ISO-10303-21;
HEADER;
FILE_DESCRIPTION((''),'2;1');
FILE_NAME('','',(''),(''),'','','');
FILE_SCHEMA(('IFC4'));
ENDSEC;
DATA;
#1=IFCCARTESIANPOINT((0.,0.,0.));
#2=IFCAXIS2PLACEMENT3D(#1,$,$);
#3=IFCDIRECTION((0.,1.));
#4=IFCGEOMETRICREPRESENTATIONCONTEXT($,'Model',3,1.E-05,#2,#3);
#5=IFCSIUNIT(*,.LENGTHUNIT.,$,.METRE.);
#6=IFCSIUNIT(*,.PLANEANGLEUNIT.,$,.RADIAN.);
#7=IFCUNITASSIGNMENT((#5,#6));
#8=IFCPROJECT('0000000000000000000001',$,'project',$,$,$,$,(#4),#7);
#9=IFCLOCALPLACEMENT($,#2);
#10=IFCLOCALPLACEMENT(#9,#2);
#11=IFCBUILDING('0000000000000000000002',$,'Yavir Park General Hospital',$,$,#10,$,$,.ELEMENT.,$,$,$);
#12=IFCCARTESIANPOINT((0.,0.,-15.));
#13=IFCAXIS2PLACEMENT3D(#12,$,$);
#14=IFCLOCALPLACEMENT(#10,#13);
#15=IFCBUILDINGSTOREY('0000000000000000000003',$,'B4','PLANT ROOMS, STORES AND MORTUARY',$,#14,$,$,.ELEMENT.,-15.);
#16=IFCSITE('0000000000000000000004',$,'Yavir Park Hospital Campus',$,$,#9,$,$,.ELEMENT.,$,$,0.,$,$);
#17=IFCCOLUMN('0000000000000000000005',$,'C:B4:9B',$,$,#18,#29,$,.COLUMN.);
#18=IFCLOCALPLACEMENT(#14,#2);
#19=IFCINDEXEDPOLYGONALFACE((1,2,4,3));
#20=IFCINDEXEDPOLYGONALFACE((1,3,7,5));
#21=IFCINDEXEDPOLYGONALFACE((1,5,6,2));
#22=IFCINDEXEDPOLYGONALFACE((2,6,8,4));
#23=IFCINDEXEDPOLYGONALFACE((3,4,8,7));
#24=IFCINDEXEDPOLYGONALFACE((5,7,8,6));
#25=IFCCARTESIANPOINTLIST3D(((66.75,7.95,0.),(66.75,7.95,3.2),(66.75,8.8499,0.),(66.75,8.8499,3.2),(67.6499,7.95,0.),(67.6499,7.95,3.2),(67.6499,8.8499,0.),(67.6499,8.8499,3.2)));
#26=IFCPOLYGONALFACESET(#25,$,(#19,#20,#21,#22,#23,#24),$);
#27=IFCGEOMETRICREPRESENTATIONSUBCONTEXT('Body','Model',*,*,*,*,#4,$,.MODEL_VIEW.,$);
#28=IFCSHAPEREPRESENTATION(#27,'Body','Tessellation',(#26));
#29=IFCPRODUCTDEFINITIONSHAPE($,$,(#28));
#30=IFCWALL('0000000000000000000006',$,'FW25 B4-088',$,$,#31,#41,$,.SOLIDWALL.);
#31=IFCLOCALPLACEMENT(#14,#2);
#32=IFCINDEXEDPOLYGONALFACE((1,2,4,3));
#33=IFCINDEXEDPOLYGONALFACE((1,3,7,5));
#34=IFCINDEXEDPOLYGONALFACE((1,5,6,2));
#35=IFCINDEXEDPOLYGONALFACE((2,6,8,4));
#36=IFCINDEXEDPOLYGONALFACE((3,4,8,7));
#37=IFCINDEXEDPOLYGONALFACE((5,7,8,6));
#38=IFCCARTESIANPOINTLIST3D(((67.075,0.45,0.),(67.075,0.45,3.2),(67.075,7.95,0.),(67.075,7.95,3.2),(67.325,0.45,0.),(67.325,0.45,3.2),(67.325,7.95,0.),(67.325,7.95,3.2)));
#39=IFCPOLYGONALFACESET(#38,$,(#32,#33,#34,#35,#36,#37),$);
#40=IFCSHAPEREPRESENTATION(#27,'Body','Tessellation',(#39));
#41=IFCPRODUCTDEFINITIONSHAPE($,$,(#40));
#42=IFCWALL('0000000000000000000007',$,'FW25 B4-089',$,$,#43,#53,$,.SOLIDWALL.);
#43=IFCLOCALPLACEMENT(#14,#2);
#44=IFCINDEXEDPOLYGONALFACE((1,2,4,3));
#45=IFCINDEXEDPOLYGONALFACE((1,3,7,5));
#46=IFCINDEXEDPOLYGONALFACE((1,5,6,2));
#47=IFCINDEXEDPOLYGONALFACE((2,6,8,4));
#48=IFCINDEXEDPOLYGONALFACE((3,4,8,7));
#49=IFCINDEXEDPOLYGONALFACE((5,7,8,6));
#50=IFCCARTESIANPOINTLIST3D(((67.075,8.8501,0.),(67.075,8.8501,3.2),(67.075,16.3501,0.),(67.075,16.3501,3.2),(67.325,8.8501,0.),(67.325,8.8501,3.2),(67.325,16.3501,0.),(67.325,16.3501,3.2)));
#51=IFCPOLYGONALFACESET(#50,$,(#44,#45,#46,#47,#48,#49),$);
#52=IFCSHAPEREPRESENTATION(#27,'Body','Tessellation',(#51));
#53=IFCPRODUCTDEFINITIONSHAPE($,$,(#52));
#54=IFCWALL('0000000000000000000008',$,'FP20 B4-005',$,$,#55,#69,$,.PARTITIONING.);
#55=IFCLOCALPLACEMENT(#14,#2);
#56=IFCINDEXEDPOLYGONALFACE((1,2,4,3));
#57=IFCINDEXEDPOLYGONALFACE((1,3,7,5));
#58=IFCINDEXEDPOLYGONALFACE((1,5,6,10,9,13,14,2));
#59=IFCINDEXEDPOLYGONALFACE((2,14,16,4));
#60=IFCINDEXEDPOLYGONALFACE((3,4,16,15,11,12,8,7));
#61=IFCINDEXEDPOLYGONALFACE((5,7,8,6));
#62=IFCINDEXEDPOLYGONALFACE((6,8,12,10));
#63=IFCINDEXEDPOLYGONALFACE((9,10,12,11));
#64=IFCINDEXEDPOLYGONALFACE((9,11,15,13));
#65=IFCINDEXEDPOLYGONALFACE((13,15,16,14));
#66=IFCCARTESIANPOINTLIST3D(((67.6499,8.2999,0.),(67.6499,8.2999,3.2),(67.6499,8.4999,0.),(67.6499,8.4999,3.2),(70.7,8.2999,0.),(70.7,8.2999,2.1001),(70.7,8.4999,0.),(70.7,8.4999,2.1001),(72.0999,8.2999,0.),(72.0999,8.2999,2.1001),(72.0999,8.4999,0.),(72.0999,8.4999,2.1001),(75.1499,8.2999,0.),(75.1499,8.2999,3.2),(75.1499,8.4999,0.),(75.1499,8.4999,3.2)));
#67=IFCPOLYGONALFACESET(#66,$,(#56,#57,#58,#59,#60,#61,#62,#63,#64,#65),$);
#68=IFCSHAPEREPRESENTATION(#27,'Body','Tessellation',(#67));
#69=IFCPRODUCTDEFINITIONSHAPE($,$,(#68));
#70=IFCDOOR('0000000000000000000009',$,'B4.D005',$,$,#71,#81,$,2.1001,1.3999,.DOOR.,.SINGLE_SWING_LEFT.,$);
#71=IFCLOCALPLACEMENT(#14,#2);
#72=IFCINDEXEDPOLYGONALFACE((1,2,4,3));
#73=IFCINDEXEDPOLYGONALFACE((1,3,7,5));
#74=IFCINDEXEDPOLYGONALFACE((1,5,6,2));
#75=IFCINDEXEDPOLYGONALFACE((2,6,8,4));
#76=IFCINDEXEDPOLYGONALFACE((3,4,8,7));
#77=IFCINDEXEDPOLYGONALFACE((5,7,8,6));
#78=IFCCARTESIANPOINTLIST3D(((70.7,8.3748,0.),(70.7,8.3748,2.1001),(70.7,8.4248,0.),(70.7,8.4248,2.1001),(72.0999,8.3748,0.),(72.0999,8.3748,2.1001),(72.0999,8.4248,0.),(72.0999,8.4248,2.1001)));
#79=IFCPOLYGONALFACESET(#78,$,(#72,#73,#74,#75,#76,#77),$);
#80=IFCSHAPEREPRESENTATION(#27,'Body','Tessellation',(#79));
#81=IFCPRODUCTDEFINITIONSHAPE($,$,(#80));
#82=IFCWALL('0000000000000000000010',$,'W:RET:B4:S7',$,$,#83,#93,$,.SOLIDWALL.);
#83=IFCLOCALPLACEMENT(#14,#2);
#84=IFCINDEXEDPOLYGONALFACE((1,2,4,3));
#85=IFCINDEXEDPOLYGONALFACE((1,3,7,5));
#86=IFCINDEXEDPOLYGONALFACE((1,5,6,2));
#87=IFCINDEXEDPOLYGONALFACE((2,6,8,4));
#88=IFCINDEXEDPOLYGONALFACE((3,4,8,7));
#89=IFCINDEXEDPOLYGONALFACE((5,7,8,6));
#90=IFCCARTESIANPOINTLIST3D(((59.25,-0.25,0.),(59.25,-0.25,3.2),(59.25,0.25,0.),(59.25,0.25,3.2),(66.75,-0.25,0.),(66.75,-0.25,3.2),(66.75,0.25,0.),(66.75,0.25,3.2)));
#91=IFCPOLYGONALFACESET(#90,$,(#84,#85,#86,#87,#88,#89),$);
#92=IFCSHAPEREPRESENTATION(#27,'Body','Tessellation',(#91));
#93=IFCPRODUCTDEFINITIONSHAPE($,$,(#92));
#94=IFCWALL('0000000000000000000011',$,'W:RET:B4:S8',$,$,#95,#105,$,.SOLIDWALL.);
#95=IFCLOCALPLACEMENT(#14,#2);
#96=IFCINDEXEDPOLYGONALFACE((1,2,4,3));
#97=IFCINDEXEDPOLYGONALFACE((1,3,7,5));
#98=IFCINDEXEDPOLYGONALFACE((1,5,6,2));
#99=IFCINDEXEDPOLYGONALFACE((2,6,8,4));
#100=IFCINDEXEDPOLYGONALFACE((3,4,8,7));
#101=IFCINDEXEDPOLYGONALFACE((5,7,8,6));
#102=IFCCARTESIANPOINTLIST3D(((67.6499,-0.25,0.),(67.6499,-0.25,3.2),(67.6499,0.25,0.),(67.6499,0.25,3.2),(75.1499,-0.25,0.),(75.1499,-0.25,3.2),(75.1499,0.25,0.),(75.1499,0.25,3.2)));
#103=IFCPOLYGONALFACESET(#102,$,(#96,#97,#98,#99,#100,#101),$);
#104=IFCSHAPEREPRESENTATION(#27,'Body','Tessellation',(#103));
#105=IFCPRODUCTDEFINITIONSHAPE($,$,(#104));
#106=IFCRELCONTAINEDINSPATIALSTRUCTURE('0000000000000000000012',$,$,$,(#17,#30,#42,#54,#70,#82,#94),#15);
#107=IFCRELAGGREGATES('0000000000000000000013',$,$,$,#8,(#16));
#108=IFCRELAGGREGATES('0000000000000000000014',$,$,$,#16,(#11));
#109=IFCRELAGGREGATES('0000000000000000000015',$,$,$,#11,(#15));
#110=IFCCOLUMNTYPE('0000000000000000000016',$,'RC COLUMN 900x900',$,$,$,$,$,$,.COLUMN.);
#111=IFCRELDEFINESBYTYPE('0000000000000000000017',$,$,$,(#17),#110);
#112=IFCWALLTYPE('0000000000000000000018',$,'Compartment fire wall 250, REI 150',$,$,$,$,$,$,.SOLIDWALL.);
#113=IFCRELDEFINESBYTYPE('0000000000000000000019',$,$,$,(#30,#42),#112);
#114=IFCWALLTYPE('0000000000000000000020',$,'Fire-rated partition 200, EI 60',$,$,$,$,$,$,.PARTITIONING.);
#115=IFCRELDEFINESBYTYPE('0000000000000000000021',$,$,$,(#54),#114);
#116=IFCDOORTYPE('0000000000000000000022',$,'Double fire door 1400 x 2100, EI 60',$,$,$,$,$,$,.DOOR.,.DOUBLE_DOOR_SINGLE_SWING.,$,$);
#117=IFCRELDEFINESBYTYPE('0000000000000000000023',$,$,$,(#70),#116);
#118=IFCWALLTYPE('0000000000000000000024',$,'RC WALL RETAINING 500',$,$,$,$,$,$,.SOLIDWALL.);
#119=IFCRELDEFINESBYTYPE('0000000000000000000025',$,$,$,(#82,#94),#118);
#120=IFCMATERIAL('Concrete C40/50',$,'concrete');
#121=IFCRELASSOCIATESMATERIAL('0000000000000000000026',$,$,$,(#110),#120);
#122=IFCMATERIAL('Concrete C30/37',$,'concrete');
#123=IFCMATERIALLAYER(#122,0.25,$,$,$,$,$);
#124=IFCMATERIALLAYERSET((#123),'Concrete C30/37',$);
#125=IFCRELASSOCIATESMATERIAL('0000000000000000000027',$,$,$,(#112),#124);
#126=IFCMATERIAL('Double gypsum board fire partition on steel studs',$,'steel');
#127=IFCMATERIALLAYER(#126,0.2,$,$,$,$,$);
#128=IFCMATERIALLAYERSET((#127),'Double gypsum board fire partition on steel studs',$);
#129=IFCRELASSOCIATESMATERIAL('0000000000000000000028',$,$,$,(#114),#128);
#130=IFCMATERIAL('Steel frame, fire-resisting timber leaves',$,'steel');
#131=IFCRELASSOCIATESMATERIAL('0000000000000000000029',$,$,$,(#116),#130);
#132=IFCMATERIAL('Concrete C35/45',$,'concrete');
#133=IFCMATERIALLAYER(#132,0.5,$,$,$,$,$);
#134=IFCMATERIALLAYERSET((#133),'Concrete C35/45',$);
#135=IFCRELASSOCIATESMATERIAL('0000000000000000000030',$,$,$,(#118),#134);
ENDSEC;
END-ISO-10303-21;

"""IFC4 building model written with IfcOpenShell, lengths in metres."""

from ifc_helpers import new_model, si_unit, direction, frame, frame_2d, origin, origin_2d, place, context, subcontext, project, spatial, rectangle, extrude, material, layer, layer_set, material_profile, profile_set, type_object, element, fill, save


model = new_model("IFC4")

# Units and contexts
model_context = context("Model", 3, precision=1e-05, world=origin(), true_north=direction((0.0, 1.0)))
body_context = subcontext(model_context, "Body", "Model", "MODEL_VIEW")
ifc_project = project(units=[si_unit("LENGTHUNIT", "METRE"), si_unit("PLANEANGLEUNIT", "RADIAN")], contexts=[model_context])

# Site, building, storey
site_placement = place(None, origin())
site = spatial("IfcSite", under=ifc_project, at=site_placement, Name="Yavir Park Hospital Campus", CompositionType="ELEMENT", RefElevation=0.0)
building_placement = place(site_placement, origin())
building = spatial("IfcBuilding", under=site, at=building_placement, Name="Yavir Park General Hospital", CompositionType="ELEMENT")
storey_placement = place(building_placement, frame((0.0, 0.0, -15.0)))
storey = spatial("IfcBuildingStorey", under=building, at=storey_placement, Name="B4", Description="PLANT ROOMS, STORES AND MORTUARY", CompositionType="ELEMENT", Elevation=-15.0)

# Column
ifc_material_1 = material(Name="Concrete C40/50", Category="concrete")
ifc_material_profile_1 = material_profile(ifc_material_1, rectangle(XDim=0.8999, YDim=0.8999, at=origin_2d()), Name="RC900x900")
ifc_profile_set_1 = profile_set([ifc_material_profile_1], Name="Concrete C40/50")
column_type = type_object("IfcColumnType", Name="RC COLUMN 900x900", PredefinedType="COLUMN", material=ifc_profile_set_1)
for number, where, z_axis, x_axis, name in (
    (1, (67.2, 8.3999, 0.0), (0.0, 0.0, 1.0), (1.0, 0.0, 0.0), "C:B4:9B"),
):
    element("IfcColumn", number, at=place(storey_placement, frame(where, z_axis=z_axis, x_axis=x_axis)), inside=storey, type_object=column_type, Name=name, PredefinedType="COLUMN", context=body_context, shape_type="SweptSolid", body=[
        extrude(rectangle(XDim=0.8999, YDim=0.8999, at=origin_2d()), origin(), (0.0, 0.0, 1.0), 3.2),
    ])

# Walls
ifc_material_2 = material(Name="Concrete C30/37", Category="concrete")
ifc_layer_1 = layer(ifc_material_2, 0.25)
ifc_layer_set_1 = layer_set([ifc_layer_1], Name="Concrete C30/37")
wall_type_1 = type_object("IfcWallType", Name="Compartment fire wall 250, REI 150", PredefinedType="SOLIDWALL", material=ifc_layer_set_1)
for number, where, z_axis, x_axis, name in (
    (2, (67.2, 0.45, 0.0), (0.0, 0.0, 1.0), (0.0, 1.0, 0.0), "FW25 B4-088"),
    (3, (67.2, 8.8501, 0.0), (0.0, 0.0, 1.0), (0.0, 1.0, 0.0), "FW25 B4-089"),
):
    element("IfcWall", number, at=place(storey_placement, frame(where, z_axis=z_axis, x_axis=x_axis)), inside=storey, type_object=wall_type_1, Name=name, PredefinedType="SOLIDWALL", context=body_context, shape_type="SweptSolid", body=[
        extrude(rectangle(XDim=7.5, YDim=0.25, at=frame_2d((3.75, 0.0))), origin(), (0.0, 0.0, 1.0), 3.2),
    ])

# Wall, opening, door
ifc_material_3 = material(Name="Double gypsum board fire partition on steel studs", Category="steel")
ifc_layer_2 = layer(ifc_material_3, 0.2)
ifc_layer_set_2 = layer_set([ifc_layer_2], Name="Double gypsum board fire partition on steel studs")
wall_type_2 = type_object("IfcWallType", Name="Fire-rated partition 200, EI 60", PredefinedType="PARTITIONING", material=ifc_layer_set_2)
wall_placement = place(storey_placement, frame((67.6499, 8.3999, 0.0), z_axis=(0.0, 0.0, 1.0), x_axis=(1.0, 0.0, 0.0)))
wall = element("IfcWall", 4, at=wall_placement, inside=storey, type_object=wall_type_2, Name="FP20 B4-005", PredefinedType="PARTITIONING", context=body_context, shape_type="SweptSolid", body=[
    extrude(rectangle(XDim=7.5, YDim=0.2, at=frame_2d((3.75, 0.0))), origin(), (0.0, 0.0, 1.0), 3.2),
])
opening_placement = place(wall_placement, frame((3.05, 0.0, 0.0)))
opening = element("IfcOpeningElement", 5, at=opening_placement, cuts=wall, PredefinedType="OPENING", context=body_context, shape_type="SweptSolid", body=[
    extrude(rectangle(XDim=1.3999, YDim=2.1001, at=frame_2d((0.7, 1.05))), frame((0.0, 0.1099, 0.0), z_axis=(0.0, -1.0, 0.0), x_axis=(1.0, 0.0, 0.0)), (0.0, 0.0, 1.0), 0.22),
])
ifc_material_4 = material(Name="Steel frame, fire-resisting timber leaves", Category="steel")
door_type = type_object("IfcDoorType", Name="Double fire door 1400 x 2100, EI 60", OperationType="DOUBLE_DOOR_SINGLE_SWING", PredefinedType="DOOR", material=ifc_material_4)
door_placement = place(opening_placement, origin())
door = element("IfcDoor", 6, at=door_placement, inside=storey, type_object=door_type, Name="B4.D005", OperationType="SINGLE_SWING_LEFT", OverallHeight=2.1001, OverallWidth=1.3999, PredefinedType="DOOR", context=body_context, shape_type="SweptSolid", body=[
    extrude(rectangle(XDim=1.3999, YDim=2.1001, at=frame_2d((0.7, 1.05))), frame((0.0, 0.0249, 0.0), z_axis=(0.0, -1.0, 0.0), x_axis=(1.0, 0.0, 0.0)), (0.0, 0.0, 1.0), 0.05),
])
fill(opening, door)

# Walls
ifc_material_5 = material(Name="Concrete C35/45", Category="concrete")
ifc_layer_3 = layer(ifc_material_5, 0.5)
ifc_layer_set_3 = layer_set([ifc_layer_3], Name="Concrete C35/45")
wall_type_3 = type_object("IfcWallType", Name="RC WALL RETAINING 500", PredefinedType="SOLIDWALL", material=ifc_layer_set_3)
for number, where, z_axis, x_axis, name in (
    (7, (59.25, 0.0, 0.0), (0.0, 0.0, 1.0), (1.0, 0.0, 0.0), "W:RET:B4:S7"),
    (8, (67.6499, 0.0, 0.0), (0.0, 0.0, 1.0), (1.0, 0.0, 0.0), "W:RET:B4:S8"),
):
    element("IfcWall", number, at=place(storey_placement, frame(where, z_axis=z_axis, x_axis=x_axis)), inside=storey, type_object=wall_type_3, Name=name, PredefinedType="SOLIDWALL", context=body_context, shape_type="SweptSolid", body=[
        extrude(rectangle(XDim=7.5, YDim=0.5, at=frame_2d((3.75, 0.0))), origin(), (0.0, 0.0, 1.0), 3.2),
    ])

save(model, "model.ifc")
